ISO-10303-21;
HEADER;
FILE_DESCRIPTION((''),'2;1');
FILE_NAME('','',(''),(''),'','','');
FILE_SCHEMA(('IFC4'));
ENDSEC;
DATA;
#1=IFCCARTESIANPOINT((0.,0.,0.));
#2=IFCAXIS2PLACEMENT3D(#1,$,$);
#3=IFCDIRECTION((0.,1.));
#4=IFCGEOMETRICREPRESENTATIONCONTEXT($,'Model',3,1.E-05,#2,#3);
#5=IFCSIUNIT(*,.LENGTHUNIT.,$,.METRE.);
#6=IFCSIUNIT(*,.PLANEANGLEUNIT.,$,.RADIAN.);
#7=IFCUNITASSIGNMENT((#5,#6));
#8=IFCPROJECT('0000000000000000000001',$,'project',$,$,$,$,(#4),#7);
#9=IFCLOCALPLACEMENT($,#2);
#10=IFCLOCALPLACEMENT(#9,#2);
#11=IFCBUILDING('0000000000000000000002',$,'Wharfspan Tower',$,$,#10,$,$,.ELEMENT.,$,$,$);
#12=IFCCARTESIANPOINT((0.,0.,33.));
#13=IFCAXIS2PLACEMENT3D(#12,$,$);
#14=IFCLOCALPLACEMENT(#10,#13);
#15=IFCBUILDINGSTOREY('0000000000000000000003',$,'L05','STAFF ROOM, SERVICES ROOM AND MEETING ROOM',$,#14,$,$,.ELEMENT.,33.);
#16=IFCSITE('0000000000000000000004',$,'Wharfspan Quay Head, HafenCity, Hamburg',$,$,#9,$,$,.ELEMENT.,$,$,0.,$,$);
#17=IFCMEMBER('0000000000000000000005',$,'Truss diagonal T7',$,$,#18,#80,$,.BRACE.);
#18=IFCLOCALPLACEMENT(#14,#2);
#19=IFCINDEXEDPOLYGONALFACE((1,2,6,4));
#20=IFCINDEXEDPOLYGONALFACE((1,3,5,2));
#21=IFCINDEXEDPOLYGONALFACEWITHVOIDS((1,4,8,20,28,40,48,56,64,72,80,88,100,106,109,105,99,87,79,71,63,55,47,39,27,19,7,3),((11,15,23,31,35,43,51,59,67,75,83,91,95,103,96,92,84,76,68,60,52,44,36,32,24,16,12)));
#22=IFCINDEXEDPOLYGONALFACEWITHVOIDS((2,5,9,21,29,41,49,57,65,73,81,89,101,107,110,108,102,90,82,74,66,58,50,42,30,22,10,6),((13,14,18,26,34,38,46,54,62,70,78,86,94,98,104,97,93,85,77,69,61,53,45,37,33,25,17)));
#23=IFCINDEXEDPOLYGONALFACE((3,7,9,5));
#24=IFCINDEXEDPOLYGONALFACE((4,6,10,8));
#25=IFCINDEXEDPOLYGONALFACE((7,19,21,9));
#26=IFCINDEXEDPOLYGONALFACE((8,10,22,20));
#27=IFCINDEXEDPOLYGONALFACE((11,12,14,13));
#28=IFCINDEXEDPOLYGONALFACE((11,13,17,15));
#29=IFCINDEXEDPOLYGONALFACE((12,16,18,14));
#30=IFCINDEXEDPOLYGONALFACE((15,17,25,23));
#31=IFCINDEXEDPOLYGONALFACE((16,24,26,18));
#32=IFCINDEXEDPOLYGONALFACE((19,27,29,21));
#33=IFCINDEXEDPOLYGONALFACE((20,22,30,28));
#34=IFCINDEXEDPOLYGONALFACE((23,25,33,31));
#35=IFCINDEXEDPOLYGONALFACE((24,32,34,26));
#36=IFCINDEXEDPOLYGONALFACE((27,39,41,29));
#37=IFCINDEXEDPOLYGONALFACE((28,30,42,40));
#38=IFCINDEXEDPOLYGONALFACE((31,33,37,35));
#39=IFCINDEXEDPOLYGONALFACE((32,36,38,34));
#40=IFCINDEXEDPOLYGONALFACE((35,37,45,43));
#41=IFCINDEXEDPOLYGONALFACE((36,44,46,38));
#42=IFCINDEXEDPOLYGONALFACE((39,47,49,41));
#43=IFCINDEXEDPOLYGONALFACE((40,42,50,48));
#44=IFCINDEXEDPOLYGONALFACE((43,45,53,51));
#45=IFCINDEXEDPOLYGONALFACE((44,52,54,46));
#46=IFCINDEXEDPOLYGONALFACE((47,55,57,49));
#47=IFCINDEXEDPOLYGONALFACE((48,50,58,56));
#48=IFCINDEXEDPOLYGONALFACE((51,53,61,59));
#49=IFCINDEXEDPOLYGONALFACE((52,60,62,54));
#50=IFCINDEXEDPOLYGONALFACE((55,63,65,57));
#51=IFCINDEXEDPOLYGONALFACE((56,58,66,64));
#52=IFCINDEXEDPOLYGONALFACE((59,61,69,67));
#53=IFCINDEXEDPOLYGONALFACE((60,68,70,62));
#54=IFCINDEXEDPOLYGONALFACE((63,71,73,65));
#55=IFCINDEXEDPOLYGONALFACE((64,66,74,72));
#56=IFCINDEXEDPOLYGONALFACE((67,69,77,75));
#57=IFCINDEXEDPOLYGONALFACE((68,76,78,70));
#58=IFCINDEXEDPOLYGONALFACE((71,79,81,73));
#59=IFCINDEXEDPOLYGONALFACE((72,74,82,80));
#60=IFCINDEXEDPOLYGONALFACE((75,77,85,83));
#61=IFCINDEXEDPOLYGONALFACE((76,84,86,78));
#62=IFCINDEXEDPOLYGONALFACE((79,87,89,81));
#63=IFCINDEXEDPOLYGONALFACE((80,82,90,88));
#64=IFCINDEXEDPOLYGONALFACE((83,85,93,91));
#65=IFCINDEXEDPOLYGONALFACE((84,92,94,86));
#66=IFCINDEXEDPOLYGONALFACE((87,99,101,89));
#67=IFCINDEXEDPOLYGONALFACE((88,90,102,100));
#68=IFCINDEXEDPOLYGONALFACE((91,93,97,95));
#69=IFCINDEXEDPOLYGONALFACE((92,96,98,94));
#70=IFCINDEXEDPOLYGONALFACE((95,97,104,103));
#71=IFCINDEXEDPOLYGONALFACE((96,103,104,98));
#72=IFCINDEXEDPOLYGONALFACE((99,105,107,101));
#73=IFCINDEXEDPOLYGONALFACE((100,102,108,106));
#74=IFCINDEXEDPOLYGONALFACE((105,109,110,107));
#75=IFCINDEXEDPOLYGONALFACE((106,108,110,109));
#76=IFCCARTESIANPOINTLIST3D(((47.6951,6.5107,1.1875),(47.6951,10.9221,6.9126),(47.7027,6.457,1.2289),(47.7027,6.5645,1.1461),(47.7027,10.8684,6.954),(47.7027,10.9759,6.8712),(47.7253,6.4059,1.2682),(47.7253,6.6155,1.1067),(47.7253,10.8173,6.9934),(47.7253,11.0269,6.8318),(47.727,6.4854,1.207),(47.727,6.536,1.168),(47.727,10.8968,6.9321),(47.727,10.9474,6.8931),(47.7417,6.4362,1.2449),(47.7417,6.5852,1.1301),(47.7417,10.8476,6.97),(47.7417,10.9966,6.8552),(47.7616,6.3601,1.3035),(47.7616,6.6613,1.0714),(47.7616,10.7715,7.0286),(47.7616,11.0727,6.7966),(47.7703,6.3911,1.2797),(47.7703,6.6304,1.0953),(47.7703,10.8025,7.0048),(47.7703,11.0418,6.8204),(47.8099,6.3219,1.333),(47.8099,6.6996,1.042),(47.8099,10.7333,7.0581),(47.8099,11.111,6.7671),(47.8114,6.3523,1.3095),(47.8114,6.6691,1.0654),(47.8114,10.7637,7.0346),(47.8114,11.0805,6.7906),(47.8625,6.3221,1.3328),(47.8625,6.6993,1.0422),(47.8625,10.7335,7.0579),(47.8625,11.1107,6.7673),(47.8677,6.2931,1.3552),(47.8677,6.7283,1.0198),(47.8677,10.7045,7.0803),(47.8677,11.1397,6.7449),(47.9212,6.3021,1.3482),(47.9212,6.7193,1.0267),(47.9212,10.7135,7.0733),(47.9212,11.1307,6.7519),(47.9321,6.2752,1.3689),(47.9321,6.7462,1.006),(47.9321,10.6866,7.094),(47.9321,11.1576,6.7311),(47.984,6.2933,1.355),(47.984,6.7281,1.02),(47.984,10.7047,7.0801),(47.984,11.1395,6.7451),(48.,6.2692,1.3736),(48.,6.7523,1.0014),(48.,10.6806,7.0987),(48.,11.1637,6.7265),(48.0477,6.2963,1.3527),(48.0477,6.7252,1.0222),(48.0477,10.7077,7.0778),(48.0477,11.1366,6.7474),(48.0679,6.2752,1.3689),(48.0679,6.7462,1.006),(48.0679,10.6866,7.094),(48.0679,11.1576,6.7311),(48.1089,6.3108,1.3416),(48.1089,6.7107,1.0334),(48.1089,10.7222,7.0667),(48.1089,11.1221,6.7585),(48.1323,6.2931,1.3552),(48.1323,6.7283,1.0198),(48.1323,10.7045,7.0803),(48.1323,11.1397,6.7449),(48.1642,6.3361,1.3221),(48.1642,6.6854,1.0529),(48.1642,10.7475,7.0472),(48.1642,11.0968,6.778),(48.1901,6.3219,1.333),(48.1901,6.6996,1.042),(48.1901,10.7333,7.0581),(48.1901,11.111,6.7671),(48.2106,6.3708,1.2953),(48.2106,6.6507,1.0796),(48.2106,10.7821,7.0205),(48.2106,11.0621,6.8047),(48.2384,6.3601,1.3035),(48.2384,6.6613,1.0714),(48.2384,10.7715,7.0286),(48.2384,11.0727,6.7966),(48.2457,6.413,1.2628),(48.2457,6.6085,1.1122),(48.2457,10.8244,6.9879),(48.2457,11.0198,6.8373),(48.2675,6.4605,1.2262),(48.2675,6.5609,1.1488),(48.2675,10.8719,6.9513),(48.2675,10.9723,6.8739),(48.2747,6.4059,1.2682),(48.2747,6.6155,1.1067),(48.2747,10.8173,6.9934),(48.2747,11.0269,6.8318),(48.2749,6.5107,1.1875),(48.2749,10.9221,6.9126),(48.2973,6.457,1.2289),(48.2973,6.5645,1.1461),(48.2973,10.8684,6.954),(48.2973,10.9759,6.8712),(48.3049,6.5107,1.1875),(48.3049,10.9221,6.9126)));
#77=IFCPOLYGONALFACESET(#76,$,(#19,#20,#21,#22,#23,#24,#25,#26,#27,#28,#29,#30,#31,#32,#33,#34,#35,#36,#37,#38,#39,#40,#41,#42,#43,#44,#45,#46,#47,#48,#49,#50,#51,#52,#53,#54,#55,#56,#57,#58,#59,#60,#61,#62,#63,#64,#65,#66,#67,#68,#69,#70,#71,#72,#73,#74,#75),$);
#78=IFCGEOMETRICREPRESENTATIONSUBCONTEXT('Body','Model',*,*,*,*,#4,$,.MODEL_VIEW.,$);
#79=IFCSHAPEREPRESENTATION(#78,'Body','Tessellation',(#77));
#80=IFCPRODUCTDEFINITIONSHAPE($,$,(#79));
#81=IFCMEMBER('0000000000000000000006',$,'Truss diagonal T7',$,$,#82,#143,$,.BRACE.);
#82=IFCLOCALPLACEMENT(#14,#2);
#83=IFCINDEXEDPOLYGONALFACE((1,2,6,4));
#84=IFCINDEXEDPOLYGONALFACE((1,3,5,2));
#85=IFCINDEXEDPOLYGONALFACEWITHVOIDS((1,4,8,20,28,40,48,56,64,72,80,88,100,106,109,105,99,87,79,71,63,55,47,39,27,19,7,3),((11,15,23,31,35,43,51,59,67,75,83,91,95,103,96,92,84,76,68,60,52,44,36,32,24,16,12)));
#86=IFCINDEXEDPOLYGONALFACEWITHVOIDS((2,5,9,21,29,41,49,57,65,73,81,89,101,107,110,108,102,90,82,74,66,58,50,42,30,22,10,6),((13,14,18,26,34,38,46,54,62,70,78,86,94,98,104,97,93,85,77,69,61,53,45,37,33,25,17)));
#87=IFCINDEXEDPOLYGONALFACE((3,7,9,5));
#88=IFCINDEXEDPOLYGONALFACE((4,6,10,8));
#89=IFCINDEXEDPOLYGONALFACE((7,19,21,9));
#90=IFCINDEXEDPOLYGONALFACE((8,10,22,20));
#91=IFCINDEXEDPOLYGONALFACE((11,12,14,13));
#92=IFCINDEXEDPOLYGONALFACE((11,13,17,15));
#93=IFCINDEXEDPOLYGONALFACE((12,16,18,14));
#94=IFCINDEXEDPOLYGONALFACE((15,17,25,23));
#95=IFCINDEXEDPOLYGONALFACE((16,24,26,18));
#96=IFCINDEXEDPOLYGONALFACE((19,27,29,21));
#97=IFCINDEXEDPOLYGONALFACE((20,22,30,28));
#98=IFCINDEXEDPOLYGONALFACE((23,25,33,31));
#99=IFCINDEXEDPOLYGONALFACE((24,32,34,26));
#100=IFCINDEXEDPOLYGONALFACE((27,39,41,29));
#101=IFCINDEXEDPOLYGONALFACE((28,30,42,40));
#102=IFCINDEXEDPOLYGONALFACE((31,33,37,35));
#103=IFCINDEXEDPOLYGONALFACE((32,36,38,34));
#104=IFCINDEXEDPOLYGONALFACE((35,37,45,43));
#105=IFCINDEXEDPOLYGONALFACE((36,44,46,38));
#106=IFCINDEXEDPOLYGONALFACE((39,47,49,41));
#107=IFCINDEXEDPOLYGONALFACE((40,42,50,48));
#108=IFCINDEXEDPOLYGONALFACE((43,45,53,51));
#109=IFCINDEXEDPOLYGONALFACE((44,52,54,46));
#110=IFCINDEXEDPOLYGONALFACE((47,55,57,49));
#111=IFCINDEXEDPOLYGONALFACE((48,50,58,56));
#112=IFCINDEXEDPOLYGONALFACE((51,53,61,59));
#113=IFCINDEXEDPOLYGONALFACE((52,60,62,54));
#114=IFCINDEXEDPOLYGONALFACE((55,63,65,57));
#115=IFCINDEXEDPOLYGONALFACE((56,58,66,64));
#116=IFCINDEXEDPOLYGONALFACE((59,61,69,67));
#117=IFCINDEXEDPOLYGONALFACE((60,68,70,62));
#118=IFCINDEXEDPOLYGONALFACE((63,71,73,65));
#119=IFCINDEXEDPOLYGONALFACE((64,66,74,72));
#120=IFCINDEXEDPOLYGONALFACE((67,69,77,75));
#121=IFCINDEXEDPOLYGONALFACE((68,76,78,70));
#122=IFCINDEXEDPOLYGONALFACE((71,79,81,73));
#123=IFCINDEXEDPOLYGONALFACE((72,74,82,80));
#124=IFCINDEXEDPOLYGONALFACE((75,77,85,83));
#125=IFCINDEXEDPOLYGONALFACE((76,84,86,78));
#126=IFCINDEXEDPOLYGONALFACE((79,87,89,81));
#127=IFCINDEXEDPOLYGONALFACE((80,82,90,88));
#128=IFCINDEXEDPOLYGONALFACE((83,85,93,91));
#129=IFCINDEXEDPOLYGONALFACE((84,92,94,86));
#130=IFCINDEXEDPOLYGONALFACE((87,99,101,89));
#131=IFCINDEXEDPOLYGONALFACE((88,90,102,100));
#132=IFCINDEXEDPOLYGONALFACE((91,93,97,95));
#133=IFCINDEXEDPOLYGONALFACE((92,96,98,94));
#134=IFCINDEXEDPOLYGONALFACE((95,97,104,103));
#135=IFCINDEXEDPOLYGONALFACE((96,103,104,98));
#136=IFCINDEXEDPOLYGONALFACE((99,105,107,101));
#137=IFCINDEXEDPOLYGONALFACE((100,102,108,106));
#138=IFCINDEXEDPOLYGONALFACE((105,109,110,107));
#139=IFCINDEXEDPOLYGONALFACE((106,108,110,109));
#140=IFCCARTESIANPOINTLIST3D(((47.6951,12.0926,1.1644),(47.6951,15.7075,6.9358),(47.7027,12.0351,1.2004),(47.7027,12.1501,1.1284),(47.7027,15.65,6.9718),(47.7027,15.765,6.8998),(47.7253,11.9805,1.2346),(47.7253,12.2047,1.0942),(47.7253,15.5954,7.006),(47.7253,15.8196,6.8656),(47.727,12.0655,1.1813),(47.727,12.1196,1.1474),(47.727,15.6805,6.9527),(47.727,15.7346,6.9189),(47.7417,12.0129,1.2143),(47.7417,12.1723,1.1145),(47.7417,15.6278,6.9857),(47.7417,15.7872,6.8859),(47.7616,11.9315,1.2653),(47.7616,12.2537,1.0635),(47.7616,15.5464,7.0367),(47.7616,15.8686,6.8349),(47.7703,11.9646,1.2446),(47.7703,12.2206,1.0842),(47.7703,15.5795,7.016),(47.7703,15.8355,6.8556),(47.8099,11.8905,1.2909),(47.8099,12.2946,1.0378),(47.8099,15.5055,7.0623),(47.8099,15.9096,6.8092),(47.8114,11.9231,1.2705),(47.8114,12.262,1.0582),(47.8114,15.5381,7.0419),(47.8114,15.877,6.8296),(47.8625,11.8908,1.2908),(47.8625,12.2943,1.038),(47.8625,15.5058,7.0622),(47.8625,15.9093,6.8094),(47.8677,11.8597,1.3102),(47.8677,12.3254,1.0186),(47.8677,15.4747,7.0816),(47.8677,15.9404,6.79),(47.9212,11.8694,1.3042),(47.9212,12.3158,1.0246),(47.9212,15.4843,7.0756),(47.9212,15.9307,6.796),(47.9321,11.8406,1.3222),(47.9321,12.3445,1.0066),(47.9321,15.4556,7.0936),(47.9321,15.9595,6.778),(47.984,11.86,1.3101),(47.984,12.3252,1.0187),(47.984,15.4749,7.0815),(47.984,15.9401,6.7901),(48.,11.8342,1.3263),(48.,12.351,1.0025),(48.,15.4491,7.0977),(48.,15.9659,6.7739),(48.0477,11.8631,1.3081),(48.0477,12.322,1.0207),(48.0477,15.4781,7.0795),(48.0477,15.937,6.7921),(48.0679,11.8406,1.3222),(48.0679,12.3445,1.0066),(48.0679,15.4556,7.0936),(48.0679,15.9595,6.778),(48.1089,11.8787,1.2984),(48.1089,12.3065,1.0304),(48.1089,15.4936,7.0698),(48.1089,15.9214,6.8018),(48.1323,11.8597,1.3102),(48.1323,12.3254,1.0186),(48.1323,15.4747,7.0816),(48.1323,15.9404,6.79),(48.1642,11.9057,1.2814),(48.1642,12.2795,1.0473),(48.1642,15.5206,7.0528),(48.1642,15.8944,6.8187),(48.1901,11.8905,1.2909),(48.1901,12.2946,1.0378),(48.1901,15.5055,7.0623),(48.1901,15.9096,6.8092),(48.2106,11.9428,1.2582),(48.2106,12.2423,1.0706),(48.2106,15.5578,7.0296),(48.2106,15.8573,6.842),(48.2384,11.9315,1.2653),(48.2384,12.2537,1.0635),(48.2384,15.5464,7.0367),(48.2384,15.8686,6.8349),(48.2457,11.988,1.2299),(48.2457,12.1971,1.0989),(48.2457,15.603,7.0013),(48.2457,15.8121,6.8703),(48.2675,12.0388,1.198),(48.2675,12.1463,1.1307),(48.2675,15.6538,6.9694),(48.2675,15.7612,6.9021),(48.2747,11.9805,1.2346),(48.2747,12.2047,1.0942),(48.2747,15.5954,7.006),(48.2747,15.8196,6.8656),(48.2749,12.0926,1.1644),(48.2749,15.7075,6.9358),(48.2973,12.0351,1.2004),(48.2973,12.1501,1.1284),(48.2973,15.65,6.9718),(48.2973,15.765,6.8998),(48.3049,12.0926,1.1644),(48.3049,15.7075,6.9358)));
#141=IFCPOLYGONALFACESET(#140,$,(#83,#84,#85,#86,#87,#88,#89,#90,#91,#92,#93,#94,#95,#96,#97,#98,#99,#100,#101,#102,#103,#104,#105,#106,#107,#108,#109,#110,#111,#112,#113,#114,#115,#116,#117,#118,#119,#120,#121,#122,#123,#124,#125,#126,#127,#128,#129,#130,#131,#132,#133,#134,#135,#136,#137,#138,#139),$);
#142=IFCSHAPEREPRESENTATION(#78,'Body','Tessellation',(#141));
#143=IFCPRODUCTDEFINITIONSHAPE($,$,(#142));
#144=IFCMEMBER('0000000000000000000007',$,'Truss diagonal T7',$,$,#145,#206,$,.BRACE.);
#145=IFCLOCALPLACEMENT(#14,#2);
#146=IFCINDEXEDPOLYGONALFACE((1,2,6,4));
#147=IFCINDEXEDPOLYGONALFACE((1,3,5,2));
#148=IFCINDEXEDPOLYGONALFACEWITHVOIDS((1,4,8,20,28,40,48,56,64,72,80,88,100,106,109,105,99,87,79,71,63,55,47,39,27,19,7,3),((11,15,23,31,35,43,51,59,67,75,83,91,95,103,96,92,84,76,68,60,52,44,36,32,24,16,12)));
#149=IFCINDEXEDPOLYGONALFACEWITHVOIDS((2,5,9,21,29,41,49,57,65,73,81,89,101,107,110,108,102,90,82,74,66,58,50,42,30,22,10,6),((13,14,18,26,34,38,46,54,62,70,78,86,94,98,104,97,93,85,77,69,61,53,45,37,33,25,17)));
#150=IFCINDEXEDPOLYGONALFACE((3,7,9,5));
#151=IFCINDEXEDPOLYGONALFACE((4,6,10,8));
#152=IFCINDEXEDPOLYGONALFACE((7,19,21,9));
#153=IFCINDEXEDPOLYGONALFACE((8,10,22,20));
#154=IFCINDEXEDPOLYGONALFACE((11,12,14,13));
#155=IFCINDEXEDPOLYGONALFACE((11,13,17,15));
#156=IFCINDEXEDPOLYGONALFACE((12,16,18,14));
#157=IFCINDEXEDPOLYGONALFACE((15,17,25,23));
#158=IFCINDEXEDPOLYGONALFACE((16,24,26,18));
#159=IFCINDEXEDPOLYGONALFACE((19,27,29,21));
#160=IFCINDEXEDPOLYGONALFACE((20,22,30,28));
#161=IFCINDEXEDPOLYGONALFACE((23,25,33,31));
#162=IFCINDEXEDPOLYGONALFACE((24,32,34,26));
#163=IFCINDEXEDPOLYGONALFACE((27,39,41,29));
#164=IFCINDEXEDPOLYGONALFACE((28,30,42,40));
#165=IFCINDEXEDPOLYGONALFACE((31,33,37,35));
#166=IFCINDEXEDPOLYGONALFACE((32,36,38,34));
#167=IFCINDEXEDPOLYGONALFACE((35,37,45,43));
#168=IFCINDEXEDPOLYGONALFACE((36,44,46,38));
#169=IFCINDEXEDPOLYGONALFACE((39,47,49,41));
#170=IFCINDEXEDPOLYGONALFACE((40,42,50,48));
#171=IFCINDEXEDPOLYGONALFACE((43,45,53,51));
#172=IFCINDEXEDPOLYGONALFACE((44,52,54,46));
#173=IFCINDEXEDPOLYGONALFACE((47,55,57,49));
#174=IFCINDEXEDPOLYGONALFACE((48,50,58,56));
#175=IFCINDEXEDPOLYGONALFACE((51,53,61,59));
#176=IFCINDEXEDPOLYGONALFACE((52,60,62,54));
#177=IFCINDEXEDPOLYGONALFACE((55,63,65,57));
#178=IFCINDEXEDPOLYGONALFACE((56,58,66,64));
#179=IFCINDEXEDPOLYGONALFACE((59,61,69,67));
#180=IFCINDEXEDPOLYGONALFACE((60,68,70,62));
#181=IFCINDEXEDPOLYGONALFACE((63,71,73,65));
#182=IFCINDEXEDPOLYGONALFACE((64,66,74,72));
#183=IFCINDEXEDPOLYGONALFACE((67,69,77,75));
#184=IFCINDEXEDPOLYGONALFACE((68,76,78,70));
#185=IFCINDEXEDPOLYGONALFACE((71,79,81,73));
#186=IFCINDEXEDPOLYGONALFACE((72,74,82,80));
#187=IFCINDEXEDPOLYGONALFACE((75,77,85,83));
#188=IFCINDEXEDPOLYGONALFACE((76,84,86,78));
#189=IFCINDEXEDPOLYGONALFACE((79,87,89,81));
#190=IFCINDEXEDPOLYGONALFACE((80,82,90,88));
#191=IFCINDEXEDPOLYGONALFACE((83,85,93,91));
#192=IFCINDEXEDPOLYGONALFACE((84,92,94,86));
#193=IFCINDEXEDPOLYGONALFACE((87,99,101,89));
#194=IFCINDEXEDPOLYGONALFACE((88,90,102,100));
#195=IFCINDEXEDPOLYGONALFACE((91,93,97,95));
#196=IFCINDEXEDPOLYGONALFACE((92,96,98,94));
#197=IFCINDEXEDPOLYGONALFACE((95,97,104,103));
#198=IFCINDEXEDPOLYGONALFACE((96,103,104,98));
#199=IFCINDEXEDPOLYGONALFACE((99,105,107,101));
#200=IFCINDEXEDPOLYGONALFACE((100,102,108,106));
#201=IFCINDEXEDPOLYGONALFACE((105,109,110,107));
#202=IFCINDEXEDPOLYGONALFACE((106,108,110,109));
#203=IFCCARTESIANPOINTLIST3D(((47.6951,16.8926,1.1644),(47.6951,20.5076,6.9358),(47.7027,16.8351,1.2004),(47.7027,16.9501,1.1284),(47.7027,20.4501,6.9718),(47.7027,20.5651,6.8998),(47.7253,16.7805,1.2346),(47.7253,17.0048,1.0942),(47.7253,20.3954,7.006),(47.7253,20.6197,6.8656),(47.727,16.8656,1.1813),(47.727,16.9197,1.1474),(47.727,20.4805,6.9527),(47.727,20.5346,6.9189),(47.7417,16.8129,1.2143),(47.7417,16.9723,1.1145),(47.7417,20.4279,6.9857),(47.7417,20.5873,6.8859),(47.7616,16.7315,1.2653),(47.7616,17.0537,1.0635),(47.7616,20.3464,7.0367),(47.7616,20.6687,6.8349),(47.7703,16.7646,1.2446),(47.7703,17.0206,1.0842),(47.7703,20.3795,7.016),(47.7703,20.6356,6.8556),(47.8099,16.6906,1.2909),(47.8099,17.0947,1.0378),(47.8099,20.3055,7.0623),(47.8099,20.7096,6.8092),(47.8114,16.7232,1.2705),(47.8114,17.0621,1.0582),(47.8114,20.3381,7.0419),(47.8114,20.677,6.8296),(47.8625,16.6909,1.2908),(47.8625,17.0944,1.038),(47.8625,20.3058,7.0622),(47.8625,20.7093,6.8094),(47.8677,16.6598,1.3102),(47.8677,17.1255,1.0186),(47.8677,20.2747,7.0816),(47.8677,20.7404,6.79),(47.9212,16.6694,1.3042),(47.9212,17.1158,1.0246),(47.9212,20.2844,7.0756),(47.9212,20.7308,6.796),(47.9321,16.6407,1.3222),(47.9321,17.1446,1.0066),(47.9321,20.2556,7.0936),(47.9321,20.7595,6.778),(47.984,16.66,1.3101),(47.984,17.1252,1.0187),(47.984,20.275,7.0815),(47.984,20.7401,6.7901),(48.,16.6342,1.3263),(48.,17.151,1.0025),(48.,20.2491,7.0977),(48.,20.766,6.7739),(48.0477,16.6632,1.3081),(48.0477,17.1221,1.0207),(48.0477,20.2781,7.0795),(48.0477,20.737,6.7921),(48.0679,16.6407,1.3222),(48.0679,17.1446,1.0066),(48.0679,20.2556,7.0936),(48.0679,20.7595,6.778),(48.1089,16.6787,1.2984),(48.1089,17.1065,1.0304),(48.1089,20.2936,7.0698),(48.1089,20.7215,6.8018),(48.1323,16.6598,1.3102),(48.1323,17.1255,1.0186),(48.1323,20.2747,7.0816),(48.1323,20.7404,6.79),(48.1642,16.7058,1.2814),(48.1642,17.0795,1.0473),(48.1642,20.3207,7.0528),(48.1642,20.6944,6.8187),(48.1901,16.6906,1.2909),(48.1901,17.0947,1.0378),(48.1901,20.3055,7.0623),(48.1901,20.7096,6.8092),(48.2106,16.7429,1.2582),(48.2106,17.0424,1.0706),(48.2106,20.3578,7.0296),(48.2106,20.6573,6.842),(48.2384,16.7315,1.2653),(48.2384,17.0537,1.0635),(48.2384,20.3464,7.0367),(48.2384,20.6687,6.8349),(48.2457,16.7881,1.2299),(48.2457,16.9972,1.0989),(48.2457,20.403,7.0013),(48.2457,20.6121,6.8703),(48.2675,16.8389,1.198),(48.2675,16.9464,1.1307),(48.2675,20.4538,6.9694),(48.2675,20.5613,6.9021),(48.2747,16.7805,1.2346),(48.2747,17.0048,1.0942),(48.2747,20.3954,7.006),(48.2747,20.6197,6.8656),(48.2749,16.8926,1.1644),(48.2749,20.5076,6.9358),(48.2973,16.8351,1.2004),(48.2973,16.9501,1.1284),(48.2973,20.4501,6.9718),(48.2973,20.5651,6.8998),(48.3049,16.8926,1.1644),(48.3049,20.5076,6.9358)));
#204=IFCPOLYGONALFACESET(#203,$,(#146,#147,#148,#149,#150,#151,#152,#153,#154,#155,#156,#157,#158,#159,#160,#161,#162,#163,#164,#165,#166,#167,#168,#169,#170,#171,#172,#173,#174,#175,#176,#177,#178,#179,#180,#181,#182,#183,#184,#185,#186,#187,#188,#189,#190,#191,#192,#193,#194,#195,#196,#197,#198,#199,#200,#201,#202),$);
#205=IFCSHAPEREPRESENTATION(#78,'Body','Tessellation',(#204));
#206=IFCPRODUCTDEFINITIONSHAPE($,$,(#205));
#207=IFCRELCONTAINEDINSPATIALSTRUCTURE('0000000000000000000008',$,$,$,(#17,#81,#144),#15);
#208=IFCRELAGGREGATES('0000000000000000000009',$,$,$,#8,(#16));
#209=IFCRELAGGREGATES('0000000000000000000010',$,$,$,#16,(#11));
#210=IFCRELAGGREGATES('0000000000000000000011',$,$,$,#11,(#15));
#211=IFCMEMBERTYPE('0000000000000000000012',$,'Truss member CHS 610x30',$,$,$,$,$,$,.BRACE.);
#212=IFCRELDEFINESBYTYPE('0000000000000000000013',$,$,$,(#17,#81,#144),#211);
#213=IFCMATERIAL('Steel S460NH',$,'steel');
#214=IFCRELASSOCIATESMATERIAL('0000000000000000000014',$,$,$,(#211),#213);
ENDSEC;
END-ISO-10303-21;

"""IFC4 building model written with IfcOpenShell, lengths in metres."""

from ifc_helpers import new_model, si_unit, direction, frame, origin, origin_2d, place, context, subcontext, project, spatial, hollow_circle, extrude, material, material_profile, profile_set, type_object, element, save


model = new_model("IFC4")

# Units and contexts
model_context = context("Model", 3, precision=1e-05, world=origin(), true_north=direction((0.0, 1.0)))
body_context = subcontext(model_context, "Body", "Model", "MODEL_VIEW")
ifc_project = project(units=[si_unit("LENGTHUNIT", "METRE"), si_unit("PLANEANGLEUNIT", "RADIAN")], contexts=[model_context])

# Site, building, storey
site_placement = place(None, origin())
site = spatial("IfcSite", under=ifc_project, at=site_placement, Name="Wharfspan Quay Head, HafenCity, Hamburg", CompositionType="ELEMENT", RefElevation=0.0)
building_placement = place(site_placement, origin())
building = spatial("IfcBuilding", under=site, at=building_placement, Name="Wharfspan Tower", CompositionType="ELEMENT")
storey_placement = place(building_placement, frame((0.0, 0.0, 33.0)))
storey = spatial("IfcBuildingStorey", under=building, at=storey_placement, Name="L05", Description="STAFF ROOM, SERVICES ROOM AND MEETING ROOM", CompositionType="ELEMENT", Elevation=33.0)

# Members
ifc_material_1 = material(Name="Steel S460NH", Category="steel")
ifc_material_profile_1 = material_profile(ifc_material_1, hollow_circle(Radius=0.3049, WallThickness=0.03, at=origin_2d()))
ifc_profile_set_1 = profile_set([ifc_material_profile_1], Name="Steel S460NH")
member_type_1 = type_object("IfcMemberType", Name="Truss member CHS 610x30", PredefinedType="BRACE", material=ifc_profile_set_1)
member_1_placement = place(storey_placement, frame((48.0, 10.9221, 6.9126), z_axis=(0.0, -0.610359, -0.792125), x_axis=(1.0, 0.0, 0.0)))
element("IfcMember", 1, at=member_1_placement, inside=storey, type_object=member_type_1, Name="Truss diagonal T7", PredefinedType="BRACE", context=body_context, shape_type="SweptSolid", body=[
    extrude(hollow_circle(Radius=0.3049, WallThickness=0.03, at=origin_2d()), origin(), (0.0, 0.0, 1.0), 7.2275),
])
for number, where, z_axis, x_axis, name in (
    (2, (48.0, 15.7075, 6.9358), (0.0, -0.530824, -0.847482), (1.0, 0.0, 0.0), "Truss diagonal T7"),
    (3, (48.0, 20.5076, 6.9358), (0.0, -0.530824, -0.847482), (1.0, 0.0, 0.0), "Truss diagonal T7"),
):
    element("IfcMember", number, at=place(storey_placement, frame(where, z_axis=z_axis, x_axis=x_axis)), inside=storey, type_object=member_type_1, Name=name, PredefinedType="BRACE", context=body_context, shape_type="SweptSolid", body=[
        extrude(hollow_circle(Radius=0.3049, WallThickness=0.03, at=origin_2d()), origin(), (0.0, 0.0, 1.0), 6.8101),
    ])

save(model, "model.ifc")
